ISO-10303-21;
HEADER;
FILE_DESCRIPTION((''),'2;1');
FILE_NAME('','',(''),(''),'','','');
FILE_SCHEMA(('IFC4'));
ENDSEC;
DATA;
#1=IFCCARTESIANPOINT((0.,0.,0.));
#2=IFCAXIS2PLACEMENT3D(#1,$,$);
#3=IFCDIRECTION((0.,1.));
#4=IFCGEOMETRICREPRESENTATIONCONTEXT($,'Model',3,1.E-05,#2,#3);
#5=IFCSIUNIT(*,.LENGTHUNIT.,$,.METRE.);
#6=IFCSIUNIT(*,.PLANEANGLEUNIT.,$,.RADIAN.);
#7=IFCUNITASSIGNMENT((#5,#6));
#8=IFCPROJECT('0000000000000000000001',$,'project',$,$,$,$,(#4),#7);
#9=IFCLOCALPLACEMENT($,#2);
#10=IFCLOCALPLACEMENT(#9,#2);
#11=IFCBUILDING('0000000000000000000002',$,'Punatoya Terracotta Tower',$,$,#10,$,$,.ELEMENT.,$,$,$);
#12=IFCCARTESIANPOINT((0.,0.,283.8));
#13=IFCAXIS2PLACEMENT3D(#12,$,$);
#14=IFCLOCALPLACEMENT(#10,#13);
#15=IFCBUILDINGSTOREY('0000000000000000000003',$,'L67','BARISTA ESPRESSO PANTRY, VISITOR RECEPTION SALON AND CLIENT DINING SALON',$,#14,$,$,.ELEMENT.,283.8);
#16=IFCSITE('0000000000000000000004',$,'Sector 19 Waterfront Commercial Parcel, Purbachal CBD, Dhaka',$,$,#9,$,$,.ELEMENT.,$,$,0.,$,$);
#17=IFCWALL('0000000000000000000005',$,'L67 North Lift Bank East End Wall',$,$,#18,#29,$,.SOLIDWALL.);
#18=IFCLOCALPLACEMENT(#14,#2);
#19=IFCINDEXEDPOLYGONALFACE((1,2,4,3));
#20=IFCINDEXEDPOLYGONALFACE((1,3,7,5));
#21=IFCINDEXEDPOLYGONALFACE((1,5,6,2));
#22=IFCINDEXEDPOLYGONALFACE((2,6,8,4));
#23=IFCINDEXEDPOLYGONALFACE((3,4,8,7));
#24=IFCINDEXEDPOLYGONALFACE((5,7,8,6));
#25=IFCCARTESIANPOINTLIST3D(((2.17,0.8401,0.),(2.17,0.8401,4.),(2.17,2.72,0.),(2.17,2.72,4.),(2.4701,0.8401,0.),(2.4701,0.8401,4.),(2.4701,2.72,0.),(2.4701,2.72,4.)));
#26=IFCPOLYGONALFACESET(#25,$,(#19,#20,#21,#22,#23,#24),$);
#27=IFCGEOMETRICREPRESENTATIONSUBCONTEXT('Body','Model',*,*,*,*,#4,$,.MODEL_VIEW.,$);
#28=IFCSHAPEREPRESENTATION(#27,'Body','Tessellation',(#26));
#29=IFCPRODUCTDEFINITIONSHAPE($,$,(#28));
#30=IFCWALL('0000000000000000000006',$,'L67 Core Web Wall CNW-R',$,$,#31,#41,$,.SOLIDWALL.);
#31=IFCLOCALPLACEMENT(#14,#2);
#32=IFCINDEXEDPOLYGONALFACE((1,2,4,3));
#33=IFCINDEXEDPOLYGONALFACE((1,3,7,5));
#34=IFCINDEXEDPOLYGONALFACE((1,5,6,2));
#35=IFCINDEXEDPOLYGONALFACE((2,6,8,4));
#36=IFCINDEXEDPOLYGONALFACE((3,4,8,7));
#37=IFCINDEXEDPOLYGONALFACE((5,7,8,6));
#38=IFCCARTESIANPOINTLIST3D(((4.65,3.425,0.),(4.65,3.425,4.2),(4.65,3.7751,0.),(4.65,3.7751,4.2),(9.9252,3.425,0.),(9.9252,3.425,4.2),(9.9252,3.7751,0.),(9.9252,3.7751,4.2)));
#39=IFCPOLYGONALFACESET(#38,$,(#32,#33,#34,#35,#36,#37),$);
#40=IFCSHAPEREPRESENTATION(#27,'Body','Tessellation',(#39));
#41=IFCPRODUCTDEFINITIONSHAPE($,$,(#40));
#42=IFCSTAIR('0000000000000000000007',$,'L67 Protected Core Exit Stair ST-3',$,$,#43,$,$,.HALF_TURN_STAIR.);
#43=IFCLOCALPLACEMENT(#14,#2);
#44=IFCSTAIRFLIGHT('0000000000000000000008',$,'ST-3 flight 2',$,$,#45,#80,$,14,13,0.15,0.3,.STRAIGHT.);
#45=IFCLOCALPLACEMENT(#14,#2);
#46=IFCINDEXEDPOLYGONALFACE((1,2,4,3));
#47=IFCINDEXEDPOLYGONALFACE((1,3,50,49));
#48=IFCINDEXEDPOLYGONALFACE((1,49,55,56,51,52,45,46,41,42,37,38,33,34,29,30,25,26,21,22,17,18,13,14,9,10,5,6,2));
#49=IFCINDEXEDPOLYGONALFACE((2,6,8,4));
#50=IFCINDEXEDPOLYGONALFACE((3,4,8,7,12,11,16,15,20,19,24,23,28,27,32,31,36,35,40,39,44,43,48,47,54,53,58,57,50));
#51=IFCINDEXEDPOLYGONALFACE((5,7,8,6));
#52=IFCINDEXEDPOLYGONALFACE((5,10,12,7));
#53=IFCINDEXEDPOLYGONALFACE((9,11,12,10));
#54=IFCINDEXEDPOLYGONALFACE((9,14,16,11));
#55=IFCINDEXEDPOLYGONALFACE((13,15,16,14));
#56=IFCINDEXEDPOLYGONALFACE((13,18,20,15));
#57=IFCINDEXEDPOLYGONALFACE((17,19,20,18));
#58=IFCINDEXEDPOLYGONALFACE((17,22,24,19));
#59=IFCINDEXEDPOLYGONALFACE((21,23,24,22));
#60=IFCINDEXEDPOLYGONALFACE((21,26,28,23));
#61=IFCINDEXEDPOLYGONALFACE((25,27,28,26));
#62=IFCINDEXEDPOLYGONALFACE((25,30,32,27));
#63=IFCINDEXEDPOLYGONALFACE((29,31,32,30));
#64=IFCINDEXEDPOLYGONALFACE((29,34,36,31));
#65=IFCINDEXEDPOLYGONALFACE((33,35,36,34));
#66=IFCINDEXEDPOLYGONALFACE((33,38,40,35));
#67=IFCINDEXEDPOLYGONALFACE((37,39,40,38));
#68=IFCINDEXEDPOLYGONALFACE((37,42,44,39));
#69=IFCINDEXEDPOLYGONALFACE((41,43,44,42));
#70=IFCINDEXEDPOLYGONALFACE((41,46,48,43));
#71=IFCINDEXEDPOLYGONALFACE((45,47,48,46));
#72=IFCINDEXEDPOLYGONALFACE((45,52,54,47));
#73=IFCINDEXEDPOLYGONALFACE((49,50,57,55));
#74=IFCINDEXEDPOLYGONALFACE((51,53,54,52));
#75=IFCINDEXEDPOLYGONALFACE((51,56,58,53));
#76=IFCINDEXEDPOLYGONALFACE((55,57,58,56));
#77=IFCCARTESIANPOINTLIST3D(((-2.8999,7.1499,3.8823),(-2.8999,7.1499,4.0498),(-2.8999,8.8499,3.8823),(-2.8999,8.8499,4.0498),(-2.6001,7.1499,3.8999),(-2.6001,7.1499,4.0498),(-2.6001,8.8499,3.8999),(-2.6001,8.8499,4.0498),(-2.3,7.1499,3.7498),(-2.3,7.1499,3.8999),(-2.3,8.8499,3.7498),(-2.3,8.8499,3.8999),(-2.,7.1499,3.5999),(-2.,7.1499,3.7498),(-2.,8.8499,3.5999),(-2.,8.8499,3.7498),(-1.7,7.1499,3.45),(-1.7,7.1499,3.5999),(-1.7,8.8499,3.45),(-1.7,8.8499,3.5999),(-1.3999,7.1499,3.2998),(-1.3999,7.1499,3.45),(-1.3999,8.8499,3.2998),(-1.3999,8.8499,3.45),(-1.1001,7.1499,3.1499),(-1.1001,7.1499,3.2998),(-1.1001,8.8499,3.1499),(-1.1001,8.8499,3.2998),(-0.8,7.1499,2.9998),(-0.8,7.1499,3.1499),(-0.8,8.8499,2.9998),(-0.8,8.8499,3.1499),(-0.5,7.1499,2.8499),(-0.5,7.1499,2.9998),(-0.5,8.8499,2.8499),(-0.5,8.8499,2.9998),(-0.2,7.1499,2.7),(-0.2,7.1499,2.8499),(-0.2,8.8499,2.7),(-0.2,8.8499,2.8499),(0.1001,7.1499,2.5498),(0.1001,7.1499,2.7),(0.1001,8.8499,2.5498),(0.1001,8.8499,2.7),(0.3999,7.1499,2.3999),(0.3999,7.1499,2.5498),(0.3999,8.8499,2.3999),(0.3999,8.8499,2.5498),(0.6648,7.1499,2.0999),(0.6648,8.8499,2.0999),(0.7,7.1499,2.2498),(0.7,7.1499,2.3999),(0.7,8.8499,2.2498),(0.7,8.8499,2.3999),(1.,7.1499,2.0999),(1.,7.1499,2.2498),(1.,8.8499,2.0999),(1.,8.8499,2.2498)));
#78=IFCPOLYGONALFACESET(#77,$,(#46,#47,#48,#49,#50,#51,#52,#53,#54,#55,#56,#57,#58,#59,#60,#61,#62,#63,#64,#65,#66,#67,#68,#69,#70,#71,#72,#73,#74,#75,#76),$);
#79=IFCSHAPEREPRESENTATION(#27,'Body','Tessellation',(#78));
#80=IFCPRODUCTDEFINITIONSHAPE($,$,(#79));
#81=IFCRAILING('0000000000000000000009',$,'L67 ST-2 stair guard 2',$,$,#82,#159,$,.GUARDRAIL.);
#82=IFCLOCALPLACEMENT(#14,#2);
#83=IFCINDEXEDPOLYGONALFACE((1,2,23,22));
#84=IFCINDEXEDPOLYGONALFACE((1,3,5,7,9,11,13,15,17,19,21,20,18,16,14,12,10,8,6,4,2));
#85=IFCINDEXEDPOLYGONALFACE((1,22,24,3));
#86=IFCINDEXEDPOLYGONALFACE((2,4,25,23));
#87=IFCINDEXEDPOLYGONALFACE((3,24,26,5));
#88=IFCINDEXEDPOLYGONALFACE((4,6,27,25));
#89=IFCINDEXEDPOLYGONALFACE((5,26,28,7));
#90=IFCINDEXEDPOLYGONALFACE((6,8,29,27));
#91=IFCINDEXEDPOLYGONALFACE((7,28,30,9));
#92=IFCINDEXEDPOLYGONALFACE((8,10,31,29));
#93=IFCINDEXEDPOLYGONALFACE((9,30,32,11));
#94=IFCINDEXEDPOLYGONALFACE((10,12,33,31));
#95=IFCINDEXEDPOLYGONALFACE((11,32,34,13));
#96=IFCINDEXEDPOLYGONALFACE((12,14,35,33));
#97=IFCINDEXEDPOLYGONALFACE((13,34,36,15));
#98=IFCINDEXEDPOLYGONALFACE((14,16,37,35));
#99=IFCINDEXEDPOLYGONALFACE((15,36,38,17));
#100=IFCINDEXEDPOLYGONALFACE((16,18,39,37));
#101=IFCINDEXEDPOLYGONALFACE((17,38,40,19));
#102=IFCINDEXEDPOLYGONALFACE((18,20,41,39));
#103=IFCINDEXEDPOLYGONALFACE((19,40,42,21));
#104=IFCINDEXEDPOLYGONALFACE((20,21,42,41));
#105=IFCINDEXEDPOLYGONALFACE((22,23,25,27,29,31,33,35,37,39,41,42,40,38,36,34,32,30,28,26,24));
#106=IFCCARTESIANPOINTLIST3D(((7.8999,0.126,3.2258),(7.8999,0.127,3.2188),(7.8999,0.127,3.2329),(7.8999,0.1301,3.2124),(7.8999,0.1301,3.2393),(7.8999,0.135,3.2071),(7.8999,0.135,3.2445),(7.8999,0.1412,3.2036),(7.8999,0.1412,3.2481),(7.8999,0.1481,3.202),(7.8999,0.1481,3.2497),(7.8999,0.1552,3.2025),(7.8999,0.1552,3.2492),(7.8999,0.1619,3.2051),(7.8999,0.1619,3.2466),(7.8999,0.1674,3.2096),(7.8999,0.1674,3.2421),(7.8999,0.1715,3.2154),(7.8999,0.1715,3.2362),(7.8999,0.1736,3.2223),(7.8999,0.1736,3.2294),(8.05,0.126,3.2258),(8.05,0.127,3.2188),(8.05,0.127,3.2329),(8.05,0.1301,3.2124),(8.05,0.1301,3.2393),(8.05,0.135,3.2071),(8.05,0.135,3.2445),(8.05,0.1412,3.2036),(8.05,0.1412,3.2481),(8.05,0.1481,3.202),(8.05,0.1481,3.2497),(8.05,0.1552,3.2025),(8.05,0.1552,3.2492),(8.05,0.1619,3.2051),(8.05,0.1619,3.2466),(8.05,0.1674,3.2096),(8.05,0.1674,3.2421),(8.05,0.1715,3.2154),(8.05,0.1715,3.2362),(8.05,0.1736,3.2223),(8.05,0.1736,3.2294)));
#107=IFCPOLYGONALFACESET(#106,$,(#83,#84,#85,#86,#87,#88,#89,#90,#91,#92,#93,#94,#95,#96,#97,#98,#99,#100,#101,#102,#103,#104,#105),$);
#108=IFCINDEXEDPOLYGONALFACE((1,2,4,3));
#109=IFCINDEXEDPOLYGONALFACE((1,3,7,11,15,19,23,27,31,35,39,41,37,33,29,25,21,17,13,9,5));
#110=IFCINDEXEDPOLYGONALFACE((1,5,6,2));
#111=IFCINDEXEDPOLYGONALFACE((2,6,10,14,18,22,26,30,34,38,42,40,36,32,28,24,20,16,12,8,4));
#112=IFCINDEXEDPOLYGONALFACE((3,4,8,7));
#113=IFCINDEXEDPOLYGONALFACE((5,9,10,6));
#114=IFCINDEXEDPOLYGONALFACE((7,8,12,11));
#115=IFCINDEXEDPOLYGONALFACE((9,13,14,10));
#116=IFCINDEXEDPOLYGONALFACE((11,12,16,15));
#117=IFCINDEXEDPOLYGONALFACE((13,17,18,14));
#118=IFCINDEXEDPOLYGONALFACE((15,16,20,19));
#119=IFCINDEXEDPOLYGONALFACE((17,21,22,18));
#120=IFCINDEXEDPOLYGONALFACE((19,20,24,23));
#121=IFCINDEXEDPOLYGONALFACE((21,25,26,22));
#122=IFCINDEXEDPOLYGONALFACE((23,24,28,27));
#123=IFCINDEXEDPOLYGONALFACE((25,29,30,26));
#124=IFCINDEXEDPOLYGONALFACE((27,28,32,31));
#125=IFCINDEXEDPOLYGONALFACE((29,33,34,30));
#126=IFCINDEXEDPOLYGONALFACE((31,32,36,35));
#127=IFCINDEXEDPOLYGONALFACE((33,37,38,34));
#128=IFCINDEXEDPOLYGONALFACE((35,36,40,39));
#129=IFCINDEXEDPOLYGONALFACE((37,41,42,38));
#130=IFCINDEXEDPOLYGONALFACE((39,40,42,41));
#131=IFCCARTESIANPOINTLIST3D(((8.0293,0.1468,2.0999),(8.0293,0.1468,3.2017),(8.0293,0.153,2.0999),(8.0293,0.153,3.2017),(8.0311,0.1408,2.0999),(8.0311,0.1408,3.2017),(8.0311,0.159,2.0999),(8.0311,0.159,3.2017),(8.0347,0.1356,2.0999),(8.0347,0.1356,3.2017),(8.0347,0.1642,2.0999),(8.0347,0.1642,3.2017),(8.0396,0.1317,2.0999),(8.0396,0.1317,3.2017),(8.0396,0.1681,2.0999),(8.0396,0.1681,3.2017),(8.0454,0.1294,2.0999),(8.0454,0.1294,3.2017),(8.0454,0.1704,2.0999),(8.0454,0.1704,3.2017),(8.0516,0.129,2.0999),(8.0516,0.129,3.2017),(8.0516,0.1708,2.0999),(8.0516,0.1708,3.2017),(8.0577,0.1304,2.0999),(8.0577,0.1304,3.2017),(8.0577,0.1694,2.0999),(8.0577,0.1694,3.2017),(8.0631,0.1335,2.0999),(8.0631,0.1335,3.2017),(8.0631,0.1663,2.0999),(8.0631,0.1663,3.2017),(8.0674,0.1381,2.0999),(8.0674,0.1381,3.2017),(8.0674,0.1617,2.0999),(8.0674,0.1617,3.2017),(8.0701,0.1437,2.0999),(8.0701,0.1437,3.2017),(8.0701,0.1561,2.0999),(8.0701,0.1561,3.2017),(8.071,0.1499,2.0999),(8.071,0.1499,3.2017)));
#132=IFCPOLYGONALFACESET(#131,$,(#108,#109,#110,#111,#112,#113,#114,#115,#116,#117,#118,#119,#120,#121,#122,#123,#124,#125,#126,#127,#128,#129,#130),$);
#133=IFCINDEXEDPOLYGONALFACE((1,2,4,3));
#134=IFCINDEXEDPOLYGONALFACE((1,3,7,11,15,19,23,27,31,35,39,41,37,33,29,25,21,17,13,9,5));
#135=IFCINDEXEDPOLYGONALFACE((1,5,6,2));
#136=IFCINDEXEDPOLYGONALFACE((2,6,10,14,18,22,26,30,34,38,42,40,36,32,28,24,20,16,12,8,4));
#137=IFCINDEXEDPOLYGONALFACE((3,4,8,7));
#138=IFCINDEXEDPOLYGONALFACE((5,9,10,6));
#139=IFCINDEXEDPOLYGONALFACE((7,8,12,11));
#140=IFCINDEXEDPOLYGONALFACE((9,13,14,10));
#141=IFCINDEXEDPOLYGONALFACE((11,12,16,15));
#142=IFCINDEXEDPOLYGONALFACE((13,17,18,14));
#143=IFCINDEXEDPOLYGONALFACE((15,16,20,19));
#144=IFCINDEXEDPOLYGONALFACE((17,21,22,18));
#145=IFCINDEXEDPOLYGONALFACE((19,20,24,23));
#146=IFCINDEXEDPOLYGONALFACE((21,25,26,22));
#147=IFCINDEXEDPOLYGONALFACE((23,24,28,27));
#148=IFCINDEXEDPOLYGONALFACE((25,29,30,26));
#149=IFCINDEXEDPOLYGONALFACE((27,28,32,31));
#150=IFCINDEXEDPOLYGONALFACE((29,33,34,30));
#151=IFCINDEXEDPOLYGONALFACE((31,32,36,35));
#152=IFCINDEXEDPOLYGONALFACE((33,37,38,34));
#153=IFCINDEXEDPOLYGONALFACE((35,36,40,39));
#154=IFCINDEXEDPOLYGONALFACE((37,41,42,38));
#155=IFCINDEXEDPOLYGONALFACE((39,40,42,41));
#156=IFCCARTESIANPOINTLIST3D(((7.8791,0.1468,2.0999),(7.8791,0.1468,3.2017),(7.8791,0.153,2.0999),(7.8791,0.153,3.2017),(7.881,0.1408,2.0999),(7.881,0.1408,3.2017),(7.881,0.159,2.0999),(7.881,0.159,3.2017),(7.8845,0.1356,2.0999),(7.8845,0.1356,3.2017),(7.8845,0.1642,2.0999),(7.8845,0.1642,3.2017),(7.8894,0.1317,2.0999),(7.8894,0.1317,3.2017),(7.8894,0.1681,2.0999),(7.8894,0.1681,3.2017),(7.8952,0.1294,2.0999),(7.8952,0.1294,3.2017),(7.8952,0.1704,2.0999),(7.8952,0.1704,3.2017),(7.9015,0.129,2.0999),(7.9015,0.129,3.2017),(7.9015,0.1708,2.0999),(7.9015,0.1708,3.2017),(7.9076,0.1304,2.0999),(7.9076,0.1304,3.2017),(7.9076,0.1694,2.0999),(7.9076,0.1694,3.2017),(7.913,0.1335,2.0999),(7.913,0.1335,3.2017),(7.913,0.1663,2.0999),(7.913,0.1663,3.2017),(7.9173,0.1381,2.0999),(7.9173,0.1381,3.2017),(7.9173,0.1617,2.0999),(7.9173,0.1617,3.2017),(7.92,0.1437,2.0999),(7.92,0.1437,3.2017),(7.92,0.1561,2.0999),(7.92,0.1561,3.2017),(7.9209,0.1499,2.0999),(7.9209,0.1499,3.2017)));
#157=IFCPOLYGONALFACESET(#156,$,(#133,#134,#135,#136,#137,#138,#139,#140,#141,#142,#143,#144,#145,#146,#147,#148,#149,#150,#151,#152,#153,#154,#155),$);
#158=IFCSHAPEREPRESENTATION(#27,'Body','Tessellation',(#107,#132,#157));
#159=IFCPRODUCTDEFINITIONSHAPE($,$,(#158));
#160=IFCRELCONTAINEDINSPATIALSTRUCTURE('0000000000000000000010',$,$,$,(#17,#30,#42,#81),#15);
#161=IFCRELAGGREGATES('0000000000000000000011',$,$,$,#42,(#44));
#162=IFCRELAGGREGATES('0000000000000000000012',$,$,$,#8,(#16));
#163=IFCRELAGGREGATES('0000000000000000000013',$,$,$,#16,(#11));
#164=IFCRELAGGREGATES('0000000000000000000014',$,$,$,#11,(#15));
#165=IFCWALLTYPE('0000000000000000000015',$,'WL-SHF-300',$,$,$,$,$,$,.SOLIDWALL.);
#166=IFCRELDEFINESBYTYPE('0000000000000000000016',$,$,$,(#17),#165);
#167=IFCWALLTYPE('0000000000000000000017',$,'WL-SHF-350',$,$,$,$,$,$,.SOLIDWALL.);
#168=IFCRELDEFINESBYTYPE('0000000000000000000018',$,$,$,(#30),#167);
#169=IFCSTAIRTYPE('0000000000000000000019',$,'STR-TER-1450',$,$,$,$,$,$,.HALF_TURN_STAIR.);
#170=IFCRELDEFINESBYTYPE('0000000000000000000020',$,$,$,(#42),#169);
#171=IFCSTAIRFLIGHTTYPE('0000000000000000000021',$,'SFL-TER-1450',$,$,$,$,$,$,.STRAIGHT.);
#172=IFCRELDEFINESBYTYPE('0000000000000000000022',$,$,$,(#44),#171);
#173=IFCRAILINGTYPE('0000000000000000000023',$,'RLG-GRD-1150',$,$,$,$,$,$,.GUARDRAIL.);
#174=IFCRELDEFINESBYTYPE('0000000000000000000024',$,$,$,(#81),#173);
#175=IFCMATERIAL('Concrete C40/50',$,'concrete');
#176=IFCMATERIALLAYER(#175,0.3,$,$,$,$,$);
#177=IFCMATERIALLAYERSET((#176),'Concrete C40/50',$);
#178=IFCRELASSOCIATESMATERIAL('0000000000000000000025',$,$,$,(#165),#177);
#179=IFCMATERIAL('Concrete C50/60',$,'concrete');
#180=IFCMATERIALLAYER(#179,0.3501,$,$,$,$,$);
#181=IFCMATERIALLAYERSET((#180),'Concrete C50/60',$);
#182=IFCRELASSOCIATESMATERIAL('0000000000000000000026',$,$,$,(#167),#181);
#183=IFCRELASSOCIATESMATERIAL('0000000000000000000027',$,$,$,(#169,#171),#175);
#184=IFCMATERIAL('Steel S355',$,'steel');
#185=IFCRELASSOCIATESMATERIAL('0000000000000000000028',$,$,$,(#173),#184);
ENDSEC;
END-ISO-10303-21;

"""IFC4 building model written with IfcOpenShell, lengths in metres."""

from ifc_helpers import new_model, si_unit, direction, frame, frame_2d, origin, origin_2d, place, context, subcontext, project, spatial, polyline, rectangle, circle, outline, extrude, material, layer, layer_set, type_object, element, aggregate, save


model = new_model("IFC4")

# Units and contexts
model_context = context("Model", 3, precision=1e-05, world=origin(), true_north=direction((0.0, 1.0)))
body_context = subcontext(model_context, "Body", "Model", "MODEL_VIEW")
ifc_project = project(units=[si_unit("LENGTHUNIT", "METRE"), si_unit("PLANEANGLEUNIT", "RADIAN")], contexts=[model_context])

# Site, building, storey
site_placement = place(None, origin())
site = spatial("IfcSite", under=ifc_project, at=site_placement, Name="Sector 19 Waterfront Commercial Parcel, Purbachal CBD, Dhaka", CompositionType="ELEMENT", RefElevation=0.0)
building_placement = place(site_placement, origin())
building = spatial("IfcBuilding", under=site, at=building_placement, Name="Punatoya Terracotta Tower", CompositionType="ELEMENT")
storey_placement = place(building_placement, frame((0.0, 0.0, 283.8)))
storey = spatial("IfcBuildingStorey", under=building, at=storey_placement, Name="L67", Description="BARISTA ESPRESSO PANTRY, VISITOR RECEPTION SALON AND CLIENT DINING SALON", CompositionType="ELEMENT", Elevation=283.8)

# Shared definitions
ifc_material_1 = material(Name="Steel S355", Category="steel")

# Shared definitions
ifc_material_2 = material(Name="Concrete C40/50", Category="concrete")

# Walls
ifc_layer_1 = layer(ifc_material_2, 0.3)
ifc_layer_set_1 = layer_set([ifc_layer_1], Name="Concrete C40/50")
wall_type_1 = type_object("IfcWallType", Name="WL-SHF-300", PredefinedType="SOLIDWALL", material=ifc_layer_set_1)
wall_1_placement = place(storey_placement, frame((2.3201, 0.8401, 0.0), z_axis=(0.0, 0.0, 1.0), x_axis=(0.0, 1.0, 0.0)))
element("IfcWall", 1, at=wall_1_placement, inside=storey, type_object=wall_type_1, Name="L67 North Lift Bank East End Wall", PredefinedType="SOLIDWALL", context=body_context, shape_type="SweptSolid", body=[
    extrude(rectangle(XDim=1.8799, YDim=0.3, at=frame_2d((0.9399, 0.0))), origin(), (0.0, 0.0, 1.0), 4.0),
])
ifc_material_3 = material(Name="Concrete C50/60", Category="concrete")
ifc_layer_2 = layer(ifc_material_3, 0.3501)
ifc_layer_set_2 = layer_set([ifc_layer_2], Name="Concrete C50/60")
wall_type_2 = type_object("IfcWallType", Name="WL-SHF-350", PredefinedType="SOLIDWALL", material=ifc_layer_set_2)
wall_2_placement = place(storey_placement, frame((4.6499, 3.6001, 0.0), z_axis=(0.0, 0.0, 1.0), x_axis=(1.0, 0.0, 0.0)))
element("IfcWall", 2, at=wall_2_placement, inside=storey, type_object=wall_type_2, Name="L67 Core Web Wall CNW-R", PredefinedType="SOLIDWALL", context=body_context, shape_type="SweptSolid", body=[
    extrude(rectangle(XDim=5.2751, YDim=0.3501, at=frame_2d((2.6377, 0.0))), origin(), (0.0, 0.0, 1.0), 4.2),
])

# Stair, stair flight
stair_type = type_object("IfcStairType", Name="STR-TER-1450", PredefinedType="HALF_TURN_STAIR", material=ifc_material_2)
stair_placement = place(storey_placement, origin())
stair = element("IfcStair", 3, at=stair_placement, inside=storey, type_object=stair_type, Name="L67 Protected Core Exit Stair ST-3", PredefinedType="HALF_TURN_STAIR")
stair_flight_type = type_object("IfcStairFlightType", Name="SFL-TER-1450", PredefinedType="STRAIGHT", material=ifc_material_2)
stair_flight_placement = place(storey_placement, frame((1.0, 8.0, 2.0999), z_axis=(0.0, 0.0, 1.0), x_axis=(-1.0, 0.0, 0.0)))
stair_flight = element("IfcStairFlight", 4, at=stair_flight_placement, type_object=stair_flight_type, Name="ST-3 flight 2", NumberOfRisers=14, NumberOfTreads=13, PredefinedType="STRAIGHT", RiserHeight=0.15, TreadLength=0.3, context=body_context, shape_type="SweptSolid", body=[
    extrude(outline(polyline([(0.0, 0.0), (0.0, 0.1499), (0.3, 0.1499), (0.3, 0.3), (0.6001, 0.3), (0.6001, 0.45), (0.8999, 0.45), (0.8999, 0.6001), (1.2, 0.6001), (1.2, 0.75), (1.5, 0.75), (1.5, 0.8999), (1.8, 0.8999), (1.8, 1.05), (2.1001, 1.05), (2.1001, 1.2), (2.3999, 1.2), (2.3999, 1.3501), (2.7, 1.3501), (2.7, 1.5), (3.0, 1.5), (3.0, 1.6499), (3.3, 1.6499), (3.3, 1.8), (3.6001, 1.8), (3.6001, 1.95), (3.8999, 1.95), (3.8999, 2.1001), (3.8999, 1.7825), (0.3352, 0.0), (0.0, 0.0)])), frame((0.0, 0.8501, 0.0), z_axis=(0.0, -1.0, 0.0), x_axis=(1.0, 0.0, 0.0)), (0.0, 0.0, 1.0), 1.7),
])
aggregate(stair, [stair_flight])

# Railing
railing_type = type_object("IfcRailingType", Name="RLG-GRD-1150", PredefinedType="GUARDRAIL", material=ifc_material_1)
railing_1_placement = place(storey_placement, frame((8.05, 0.1499, 2.0999)))
element("IfcRailing", 5, at=railing_1_placement, inside=storey, type_object=railing_type, Name="L67 ST-2 stair guard 2", PredefinedType="GUARDRAIL", context=body_context, shape_type="SweptSolid", body=[
    extrude(circle(Radius=0.0239, at=origin_2d()), frame((0.0, 0.0, 1.126), z_axis=(-1.0, 0.0, 0.0), x_axis=(0.0, -1.0, 0.0)), (0.0, 0.0, 1.0), 0.1501),
    extrude(circle(Radius=0.021, at=origin_2d()), origin(), (0.0, 0.0, 1.0), 1.1018),
    extrude(circle(Radius=0.021, at=origin_2d()), frame((-0.1501, 0.0, 0.0)), (0.0, 0.0, 1.0), 1.1018),
])

save(model, "model.ifc")
